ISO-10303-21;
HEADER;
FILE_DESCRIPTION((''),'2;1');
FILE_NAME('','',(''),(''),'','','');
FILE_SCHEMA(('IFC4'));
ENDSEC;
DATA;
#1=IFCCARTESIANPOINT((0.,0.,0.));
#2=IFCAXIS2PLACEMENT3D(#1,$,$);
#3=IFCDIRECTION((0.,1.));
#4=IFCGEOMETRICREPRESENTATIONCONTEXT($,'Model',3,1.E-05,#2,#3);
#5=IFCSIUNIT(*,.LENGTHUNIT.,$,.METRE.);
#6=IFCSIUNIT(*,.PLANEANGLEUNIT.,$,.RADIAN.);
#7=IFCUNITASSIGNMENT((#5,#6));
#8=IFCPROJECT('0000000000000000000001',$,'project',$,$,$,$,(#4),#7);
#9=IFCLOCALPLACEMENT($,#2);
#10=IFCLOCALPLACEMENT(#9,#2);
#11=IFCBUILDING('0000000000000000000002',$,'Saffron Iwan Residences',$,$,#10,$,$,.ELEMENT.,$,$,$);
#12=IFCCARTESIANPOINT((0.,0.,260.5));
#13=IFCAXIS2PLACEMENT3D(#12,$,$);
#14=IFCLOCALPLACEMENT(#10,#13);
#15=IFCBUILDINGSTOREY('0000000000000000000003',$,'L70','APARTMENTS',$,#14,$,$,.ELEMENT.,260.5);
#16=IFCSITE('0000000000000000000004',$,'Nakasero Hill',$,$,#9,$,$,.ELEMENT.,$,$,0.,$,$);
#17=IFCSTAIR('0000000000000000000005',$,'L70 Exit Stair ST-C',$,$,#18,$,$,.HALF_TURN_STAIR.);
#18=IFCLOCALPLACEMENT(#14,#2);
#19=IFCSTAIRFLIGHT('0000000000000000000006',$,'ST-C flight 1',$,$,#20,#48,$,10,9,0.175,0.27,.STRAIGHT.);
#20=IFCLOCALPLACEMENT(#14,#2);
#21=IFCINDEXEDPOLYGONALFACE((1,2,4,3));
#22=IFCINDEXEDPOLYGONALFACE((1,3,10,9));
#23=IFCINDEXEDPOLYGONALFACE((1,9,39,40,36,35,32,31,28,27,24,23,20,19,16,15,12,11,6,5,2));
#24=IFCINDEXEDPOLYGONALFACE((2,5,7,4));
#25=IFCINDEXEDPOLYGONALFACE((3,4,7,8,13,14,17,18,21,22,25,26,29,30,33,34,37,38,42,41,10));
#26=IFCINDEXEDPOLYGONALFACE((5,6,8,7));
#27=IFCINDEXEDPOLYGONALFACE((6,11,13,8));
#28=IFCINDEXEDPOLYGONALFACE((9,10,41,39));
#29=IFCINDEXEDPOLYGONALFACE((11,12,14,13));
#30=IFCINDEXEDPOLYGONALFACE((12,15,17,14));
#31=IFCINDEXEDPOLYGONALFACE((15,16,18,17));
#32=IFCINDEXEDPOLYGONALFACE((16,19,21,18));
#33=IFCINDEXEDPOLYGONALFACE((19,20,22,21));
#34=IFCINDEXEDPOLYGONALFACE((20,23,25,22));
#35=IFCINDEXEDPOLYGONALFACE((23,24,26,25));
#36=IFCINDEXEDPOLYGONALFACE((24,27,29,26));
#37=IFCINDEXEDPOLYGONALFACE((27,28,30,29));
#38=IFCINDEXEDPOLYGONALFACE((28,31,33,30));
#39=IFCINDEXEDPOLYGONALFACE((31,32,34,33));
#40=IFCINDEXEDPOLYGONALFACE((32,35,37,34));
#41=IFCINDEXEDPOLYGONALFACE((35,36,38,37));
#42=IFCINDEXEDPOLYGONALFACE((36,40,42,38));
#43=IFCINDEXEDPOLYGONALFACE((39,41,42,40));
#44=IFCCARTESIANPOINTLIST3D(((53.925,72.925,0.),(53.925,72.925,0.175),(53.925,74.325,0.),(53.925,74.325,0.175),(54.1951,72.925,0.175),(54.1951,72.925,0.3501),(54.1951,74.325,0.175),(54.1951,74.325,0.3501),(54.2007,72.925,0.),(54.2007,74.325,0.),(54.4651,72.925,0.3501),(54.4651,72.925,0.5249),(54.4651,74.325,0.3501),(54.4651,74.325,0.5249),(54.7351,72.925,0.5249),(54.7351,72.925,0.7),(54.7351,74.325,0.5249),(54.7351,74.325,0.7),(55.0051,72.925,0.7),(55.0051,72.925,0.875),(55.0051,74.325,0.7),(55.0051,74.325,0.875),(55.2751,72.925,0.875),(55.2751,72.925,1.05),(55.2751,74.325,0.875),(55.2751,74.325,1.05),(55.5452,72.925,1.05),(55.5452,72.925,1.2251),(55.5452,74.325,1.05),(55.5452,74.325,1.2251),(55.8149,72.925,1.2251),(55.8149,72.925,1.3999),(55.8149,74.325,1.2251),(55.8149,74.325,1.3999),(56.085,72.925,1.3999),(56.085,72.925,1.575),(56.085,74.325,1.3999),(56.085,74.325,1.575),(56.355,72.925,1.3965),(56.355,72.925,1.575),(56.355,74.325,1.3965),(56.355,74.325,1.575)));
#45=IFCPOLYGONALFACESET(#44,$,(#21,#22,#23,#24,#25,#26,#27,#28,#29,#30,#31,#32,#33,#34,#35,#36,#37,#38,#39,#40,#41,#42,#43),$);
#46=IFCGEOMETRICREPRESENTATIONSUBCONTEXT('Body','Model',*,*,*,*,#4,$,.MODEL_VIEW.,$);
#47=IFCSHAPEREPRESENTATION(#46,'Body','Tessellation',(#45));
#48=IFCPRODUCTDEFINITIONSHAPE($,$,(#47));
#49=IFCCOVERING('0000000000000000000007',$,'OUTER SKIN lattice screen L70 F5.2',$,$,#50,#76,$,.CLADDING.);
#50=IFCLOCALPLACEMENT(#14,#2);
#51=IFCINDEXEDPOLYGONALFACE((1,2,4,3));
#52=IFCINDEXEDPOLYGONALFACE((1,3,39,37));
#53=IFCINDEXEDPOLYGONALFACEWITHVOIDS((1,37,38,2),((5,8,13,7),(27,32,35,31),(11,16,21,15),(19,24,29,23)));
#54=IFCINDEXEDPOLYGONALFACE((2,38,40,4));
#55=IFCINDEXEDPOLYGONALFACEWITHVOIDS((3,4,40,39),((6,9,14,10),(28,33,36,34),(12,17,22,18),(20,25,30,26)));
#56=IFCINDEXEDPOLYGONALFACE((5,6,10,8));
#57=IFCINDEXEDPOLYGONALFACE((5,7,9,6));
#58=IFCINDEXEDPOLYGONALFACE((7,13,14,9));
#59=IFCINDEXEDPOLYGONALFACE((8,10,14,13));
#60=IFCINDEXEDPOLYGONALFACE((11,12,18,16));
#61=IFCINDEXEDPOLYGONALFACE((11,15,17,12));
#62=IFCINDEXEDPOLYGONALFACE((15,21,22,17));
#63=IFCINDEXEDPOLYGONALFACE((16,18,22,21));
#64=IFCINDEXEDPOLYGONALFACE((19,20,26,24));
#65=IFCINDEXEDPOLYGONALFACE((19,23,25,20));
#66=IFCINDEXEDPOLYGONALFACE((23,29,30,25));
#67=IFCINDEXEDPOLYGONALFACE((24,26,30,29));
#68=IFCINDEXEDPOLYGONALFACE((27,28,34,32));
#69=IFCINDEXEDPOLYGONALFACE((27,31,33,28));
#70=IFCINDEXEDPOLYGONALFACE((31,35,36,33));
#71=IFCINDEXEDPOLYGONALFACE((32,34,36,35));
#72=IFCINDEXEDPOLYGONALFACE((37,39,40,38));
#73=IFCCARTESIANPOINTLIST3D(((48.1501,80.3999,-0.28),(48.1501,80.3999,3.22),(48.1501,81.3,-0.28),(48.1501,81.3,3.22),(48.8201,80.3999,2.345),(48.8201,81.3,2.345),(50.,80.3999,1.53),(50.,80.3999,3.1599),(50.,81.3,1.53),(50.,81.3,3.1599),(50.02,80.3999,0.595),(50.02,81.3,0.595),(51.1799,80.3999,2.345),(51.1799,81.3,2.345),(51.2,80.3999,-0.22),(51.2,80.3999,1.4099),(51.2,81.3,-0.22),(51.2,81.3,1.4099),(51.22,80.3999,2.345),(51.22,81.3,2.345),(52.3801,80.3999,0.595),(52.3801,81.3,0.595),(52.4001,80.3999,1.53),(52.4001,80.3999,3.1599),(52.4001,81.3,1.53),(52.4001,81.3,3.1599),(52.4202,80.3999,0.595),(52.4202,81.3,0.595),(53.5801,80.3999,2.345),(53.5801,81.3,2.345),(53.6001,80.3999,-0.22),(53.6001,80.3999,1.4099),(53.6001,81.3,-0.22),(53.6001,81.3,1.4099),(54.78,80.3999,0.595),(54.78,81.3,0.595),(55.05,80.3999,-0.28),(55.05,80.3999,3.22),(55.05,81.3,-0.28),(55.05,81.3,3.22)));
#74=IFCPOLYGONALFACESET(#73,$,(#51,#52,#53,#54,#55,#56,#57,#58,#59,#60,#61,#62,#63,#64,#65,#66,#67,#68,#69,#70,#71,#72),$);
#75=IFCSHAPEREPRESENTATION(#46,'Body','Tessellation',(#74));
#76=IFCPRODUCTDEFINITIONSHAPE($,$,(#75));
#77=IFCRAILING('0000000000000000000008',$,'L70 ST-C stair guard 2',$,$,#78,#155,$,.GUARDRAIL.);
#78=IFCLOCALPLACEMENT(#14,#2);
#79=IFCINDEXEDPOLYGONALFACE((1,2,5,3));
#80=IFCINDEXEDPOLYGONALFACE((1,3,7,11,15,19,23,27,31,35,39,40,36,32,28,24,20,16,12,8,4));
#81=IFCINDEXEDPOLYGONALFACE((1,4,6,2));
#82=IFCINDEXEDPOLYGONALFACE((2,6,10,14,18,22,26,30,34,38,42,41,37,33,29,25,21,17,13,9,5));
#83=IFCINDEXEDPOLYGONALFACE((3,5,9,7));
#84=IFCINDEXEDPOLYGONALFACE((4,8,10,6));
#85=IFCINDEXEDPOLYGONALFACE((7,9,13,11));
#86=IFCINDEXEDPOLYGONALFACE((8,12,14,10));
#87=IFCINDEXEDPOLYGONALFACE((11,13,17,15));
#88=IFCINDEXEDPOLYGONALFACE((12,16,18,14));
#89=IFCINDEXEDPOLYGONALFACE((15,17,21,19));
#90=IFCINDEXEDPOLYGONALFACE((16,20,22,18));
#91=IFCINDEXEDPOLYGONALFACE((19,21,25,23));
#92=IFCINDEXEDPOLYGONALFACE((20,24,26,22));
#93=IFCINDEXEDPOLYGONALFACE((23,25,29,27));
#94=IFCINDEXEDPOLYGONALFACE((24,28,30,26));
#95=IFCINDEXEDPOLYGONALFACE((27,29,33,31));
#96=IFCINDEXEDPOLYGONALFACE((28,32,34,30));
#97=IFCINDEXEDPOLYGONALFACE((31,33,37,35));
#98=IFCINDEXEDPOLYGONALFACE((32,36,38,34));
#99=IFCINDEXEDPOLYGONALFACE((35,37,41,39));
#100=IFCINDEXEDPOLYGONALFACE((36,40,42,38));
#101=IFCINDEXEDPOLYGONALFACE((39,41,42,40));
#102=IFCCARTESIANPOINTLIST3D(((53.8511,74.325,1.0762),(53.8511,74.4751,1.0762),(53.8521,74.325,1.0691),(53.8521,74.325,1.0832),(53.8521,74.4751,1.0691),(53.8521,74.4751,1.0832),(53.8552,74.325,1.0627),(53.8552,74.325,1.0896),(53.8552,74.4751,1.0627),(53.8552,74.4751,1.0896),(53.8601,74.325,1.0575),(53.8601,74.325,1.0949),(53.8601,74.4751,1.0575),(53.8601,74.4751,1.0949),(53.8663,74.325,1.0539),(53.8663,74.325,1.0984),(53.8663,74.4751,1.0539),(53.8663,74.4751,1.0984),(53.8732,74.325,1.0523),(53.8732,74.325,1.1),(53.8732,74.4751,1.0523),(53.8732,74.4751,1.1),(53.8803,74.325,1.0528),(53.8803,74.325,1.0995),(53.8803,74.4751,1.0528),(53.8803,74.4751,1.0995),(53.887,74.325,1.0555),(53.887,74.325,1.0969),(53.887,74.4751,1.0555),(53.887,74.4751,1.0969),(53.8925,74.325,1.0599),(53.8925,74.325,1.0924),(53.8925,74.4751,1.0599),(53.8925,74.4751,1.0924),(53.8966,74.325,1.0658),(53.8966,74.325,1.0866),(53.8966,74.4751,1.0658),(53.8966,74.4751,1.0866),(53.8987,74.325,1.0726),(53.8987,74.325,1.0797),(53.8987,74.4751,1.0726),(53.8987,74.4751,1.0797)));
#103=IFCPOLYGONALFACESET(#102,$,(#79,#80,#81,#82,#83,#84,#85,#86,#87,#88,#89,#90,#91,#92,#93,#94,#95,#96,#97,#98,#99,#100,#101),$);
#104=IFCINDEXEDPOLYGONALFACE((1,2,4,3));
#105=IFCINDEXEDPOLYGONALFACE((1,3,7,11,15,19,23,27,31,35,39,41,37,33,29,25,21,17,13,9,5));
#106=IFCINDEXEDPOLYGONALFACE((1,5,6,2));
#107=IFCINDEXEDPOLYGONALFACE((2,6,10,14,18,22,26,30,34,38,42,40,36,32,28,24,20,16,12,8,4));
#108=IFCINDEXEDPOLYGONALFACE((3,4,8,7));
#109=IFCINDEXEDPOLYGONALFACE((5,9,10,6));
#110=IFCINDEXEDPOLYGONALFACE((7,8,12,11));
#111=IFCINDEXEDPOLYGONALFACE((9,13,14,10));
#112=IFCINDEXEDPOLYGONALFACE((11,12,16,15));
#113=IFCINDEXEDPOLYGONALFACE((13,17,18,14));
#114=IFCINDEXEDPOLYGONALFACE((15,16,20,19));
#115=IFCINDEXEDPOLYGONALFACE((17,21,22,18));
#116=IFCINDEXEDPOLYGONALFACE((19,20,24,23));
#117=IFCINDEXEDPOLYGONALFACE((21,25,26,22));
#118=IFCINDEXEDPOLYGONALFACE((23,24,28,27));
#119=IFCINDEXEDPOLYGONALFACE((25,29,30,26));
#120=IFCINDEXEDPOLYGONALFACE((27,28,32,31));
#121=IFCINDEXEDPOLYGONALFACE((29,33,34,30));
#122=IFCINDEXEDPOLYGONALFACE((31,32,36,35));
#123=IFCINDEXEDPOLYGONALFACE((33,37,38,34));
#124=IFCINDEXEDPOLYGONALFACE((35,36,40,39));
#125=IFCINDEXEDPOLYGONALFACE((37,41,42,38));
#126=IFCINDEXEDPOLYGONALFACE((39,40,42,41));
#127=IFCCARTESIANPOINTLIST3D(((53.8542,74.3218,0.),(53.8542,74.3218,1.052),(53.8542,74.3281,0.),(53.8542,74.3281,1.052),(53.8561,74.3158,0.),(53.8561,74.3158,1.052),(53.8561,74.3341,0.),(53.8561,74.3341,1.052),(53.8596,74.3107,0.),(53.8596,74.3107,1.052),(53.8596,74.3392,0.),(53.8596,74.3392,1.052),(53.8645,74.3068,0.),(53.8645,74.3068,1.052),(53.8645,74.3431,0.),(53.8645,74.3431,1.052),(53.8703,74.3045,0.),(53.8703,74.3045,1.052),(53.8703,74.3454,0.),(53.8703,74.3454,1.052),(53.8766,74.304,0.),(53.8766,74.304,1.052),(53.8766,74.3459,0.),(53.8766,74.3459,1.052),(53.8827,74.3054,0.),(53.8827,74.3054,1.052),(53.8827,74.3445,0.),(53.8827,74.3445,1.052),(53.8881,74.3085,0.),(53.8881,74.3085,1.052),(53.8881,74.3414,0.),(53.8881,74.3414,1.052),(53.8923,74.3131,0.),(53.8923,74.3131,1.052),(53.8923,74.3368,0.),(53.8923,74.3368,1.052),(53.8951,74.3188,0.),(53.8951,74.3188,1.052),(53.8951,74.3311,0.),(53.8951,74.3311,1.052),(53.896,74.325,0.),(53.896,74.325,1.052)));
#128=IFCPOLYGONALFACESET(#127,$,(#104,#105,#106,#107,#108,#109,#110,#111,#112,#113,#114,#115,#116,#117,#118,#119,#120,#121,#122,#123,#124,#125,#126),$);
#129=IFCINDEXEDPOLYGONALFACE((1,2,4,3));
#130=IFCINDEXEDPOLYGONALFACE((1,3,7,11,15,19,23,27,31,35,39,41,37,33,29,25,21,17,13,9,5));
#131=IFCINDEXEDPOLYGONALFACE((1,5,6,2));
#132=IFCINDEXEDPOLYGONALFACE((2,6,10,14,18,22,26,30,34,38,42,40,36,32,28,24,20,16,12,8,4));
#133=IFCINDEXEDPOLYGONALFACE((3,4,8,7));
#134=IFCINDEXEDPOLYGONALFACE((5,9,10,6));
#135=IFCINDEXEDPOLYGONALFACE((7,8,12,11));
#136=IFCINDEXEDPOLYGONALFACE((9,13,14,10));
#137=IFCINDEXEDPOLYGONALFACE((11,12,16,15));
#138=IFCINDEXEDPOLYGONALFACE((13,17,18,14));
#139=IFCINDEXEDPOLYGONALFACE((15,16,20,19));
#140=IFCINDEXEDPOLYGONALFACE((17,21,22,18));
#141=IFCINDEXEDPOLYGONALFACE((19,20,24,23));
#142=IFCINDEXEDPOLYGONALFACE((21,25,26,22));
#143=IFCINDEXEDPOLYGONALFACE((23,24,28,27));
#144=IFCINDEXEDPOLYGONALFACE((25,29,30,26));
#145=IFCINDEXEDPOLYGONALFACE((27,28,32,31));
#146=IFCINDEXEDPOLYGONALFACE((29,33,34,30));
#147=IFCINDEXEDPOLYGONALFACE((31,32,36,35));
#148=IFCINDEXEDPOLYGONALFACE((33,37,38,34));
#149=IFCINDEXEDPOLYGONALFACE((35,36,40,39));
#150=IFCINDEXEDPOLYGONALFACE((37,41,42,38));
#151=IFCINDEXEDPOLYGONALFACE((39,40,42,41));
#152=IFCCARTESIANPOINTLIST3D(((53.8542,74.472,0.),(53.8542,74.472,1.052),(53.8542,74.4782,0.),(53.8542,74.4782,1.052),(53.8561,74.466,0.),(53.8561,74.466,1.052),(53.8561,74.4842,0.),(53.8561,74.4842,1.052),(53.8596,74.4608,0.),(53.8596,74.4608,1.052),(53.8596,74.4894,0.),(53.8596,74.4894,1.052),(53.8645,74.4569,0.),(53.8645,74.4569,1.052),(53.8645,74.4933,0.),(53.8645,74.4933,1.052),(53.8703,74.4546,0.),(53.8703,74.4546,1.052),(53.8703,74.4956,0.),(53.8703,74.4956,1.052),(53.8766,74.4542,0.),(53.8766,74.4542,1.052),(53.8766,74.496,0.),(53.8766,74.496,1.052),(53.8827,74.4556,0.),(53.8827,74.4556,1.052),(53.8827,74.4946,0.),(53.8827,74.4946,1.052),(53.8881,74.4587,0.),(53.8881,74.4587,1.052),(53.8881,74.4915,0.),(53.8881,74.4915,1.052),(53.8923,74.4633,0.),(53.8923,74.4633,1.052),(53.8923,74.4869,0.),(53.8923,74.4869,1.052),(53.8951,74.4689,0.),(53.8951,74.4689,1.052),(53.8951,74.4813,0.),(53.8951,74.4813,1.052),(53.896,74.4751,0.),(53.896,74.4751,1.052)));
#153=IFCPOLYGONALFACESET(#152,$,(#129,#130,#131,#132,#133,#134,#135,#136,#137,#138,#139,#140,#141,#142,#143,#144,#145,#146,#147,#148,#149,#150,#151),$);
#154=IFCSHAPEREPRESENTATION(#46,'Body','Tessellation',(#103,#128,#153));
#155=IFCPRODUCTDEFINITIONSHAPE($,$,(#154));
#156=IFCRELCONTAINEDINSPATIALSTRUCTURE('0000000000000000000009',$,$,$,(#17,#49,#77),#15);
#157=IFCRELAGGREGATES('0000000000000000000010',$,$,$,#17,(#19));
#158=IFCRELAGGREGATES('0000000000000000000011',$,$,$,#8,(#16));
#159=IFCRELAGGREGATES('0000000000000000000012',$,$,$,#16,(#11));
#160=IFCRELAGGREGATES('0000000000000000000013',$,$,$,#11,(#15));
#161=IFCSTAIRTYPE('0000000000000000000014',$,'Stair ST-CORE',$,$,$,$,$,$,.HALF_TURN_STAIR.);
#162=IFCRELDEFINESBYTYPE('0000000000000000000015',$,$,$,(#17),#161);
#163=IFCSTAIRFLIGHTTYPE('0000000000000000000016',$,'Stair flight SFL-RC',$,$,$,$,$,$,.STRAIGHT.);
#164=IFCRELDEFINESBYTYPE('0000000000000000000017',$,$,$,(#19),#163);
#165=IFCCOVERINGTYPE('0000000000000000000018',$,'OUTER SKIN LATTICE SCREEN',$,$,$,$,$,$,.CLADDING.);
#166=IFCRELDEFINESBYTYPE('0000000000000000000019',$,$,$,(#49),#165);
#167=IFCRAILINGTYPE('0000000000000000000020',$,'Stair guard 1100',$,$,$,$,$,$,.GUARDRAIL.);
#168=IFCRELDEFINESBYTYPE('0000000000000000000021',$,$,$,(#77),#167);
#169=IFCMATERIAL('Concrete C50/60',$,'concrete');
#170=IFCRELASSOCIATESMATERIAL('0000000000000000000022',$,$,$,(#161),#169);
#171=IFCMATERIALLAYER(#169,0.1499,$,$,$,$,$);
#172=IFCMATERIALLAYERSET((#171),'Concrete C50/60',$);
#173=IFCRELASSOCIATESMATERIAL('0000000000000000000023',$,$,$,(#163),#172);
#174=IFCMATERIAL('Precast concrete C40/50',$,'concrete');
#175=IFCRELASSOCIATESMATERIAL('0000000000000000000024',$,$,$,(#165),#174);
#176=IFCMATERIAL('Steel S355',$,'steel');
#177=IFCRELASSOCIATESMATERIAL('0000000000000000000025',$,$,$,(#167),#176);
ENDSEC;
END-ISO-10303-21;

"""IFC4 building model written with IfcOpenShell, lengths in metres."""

from ifc_helpers import new_model, si_unit, direction, frame, origin, origin_2d, place, context, subcontext, project, spatial, polyline, circle, outline, extrude, material, layer, layer_set, type_object, element, aggregate, save


model = new_model("IFC4")

# Units and contexts
model_context = context("Model", 3, precision=1e-05, world=origin(), true_north=direction((0.0, 1.0)))
body_context = subcontext(model_context, "Body", "Model", "MODEL_VIEW")
ifc_project = project(units=[si_unit("LENGTHUNIT", "METRE"), si_unit("PLANEANGLEUNIT", "RADIAN")], contexts=[model_context])

# Site, building, storey
site_placement = place(None, origin())
site = spatial("IfcSite", under=ifc_project, at=site_placement, Name="Nakasero Hill", CompositionType="ELEMENT", RefElevation=0.0)
building_placement = place(site_placement, origin())
building = spatial("IfcBuilding", under=site, at=building_placement, Name="Saffron Iwan Residences", CompositionType="ELEMENT")
storey_placement = place(building_placement, frame((0.0, 0.0, 260.5)))
storey = spatial("IfcBuildingStorey", under=building, at=storey_placement, Name="L70", Description="APARTMENTS", CompositionType="ELEMENT", Elevation=260.5)

# Stair, stair flight
ifc_material_1 = material(Name="Concrete C50/60", Category="concrete")
stair_type = type_object("IfcStairType", Name="Stair ST-CORE", PredefinedType="HALF_TURN_STAIR", material=ifc_material_1)
stair_placement = place(storey_placement, origin())
stair = element("IfcStair", 1, at=stair_placement, inside=storey, type_object=stair_type, Name="L70 Exit Stair ST-C", PredefinedType="HALF_TURN_STAIR")
ifc_layer_1 = layer(ifc_material_1, 0.1499)
ifc_layer_set_1 = layer_set([ifc_layer_1], Name="Concrete C50/60")
stair_flight_type = type_object("IfcStairFlightType", Name="Stair flight SFL-RC", PredefinedType="STRAIGHT", material=ifc_layer_set_1)
stair_flight_placement = place(storey_placement, frame((53.925, 73.625, 0.0), z_axis=(0.0, 0.0, 1.0), x_axis=(1.0, 0.0, 0.0)))
stair_flight = element("IfcStairFlight", 2, at=stair_flight_placement, type_object=stair_flight_type, Name="ST-C flight 1", NumberOfRisers=10, NumberOfTreads=9, PredefinedType="STRAIGHT", RiserHeight=0.175, TreadLength=0.27, context=body_context, shape_type="SweptSolid", body=[
    extrude(outline(polyline([(0.0, 0.0), (0.0, 0.175), (0.27, 0.175), (0.27, 0.3501), (0.54, 0.3501), (0.54, 0.5249), (0.8101, 0.5249), (0.8101, 0.7), (1.0801, 0.7), (1.0801, 0.875), (1.3501, 0.875), (1.3501, 1.05), (1.6201, 1.05), (1.6201, 1.2251), (1.8899, 1.2251), (1.8899, 1.3999), (2.1599, 1.3999), (2.1599, 1.575), (2.4299, 1.575), (2.4299, 1.75), (2.4299, 1.3965), (0.2756, 0.0), (0.0, 0.0)])), frame((0.0, 0.7, 0.0), z_axis=(0.0, -1.0, 0.0), x_axis=(1.0, 0.0, 0.0)), (0.0, 0.0, 1.0), 1.3999),
])
aggregate(stair, [stair_flight])

# Covering
ifc_material_2 = material(Name="Precast concrete C40/50", Category="concrete")
covering_type_1 = type_object("IfcCoveringType", Name="OUTER SKIN LATTICE SCREEN", PredefinedType="CLADDING", material=ifc_material_2)
covering_1_placement = place(storey_placement, frame((55.05, 80.3999, -0.28), z_axis=(0.0, 1.0, 0.0), x_axis=(-1.0, 0.0, 0.0)))
element("IfcCovering", 3, at=covering_1_placement, inside=storey, type_object=covering_type_1, Name="OUTER SKIN lattice screen L70 F5.2", PredefinedType="CLADDING", context=body_context, shape_type="SweptSolid", body=[
    extrude(outline(polyline([(0.0, 0.0), (6.8999, 0.0), (6.8999, 3.5), (0.0, 3.5), (0.0, 0.0)]), holes=[polyline([(0.27, 0.875), (1.45, 0.0601), (2.6299, 0.875), (1.45, 1.6899), (0.27, 0.875)]), polyline([(2.6699, 0.875), (3.8501, 0.0601), (5.03, 0.875), (3.8501, 1.6899), (2.6699, 0.875)]), polyline([(1.47, 2.625), (2.6499, 1.8101), (3.8301, 2.625), (2.6499, 3.4399), (1.47, 2.625)]), polyline([(3.8701, 2.625), (5.05, 1.8101), (6.23, 2.625), (5.05, 3.4399), (3.8701, 2.625)])]), origin(), (0.0, 0.0, 1.0), 0.9001),
])

# Railing
ifc_material_3 = material(Name="Steel S355", Category="steel")
railing_type_1 = type_object("IfcRailingType", Name="Stair guard 1100", PredefinedType="GUARDRAIL", material=ifc_material_3)
railing_1_placement = place(storey_placement, frame((53.875, 74.325, 0.0)))
element("IfcRailing", 4, at=railing_1_placement, inside=storey, type_object=railing_type_1, Name="L70 ST-C stair guard 2", PredefinedType="GUARDRAIL", context=body_context, shape_type="SweptSolid", body=[
    extrude(circle(Radius=0.0239, at=origin_2d()), frame((0.0, 0.0, 1.0762), z_axis=(0.0, 1.0, 0.0), x_axis=(-1.0, 0.0, 0.0)), (0.0, 0.0, 1.0), 0.1501),
    extrude(circle(Radius=0.021, at=origin_2d()), origin(), (0.0, 0.0, 1.0), 1.052),
    extrude(circle(Radius=0.021, at=origin_2d()), frame((0.0, 0.1501, 0.0)), (0.0, 0.0, 1.0), 1.052),
])

save(model, "model.ifc")
